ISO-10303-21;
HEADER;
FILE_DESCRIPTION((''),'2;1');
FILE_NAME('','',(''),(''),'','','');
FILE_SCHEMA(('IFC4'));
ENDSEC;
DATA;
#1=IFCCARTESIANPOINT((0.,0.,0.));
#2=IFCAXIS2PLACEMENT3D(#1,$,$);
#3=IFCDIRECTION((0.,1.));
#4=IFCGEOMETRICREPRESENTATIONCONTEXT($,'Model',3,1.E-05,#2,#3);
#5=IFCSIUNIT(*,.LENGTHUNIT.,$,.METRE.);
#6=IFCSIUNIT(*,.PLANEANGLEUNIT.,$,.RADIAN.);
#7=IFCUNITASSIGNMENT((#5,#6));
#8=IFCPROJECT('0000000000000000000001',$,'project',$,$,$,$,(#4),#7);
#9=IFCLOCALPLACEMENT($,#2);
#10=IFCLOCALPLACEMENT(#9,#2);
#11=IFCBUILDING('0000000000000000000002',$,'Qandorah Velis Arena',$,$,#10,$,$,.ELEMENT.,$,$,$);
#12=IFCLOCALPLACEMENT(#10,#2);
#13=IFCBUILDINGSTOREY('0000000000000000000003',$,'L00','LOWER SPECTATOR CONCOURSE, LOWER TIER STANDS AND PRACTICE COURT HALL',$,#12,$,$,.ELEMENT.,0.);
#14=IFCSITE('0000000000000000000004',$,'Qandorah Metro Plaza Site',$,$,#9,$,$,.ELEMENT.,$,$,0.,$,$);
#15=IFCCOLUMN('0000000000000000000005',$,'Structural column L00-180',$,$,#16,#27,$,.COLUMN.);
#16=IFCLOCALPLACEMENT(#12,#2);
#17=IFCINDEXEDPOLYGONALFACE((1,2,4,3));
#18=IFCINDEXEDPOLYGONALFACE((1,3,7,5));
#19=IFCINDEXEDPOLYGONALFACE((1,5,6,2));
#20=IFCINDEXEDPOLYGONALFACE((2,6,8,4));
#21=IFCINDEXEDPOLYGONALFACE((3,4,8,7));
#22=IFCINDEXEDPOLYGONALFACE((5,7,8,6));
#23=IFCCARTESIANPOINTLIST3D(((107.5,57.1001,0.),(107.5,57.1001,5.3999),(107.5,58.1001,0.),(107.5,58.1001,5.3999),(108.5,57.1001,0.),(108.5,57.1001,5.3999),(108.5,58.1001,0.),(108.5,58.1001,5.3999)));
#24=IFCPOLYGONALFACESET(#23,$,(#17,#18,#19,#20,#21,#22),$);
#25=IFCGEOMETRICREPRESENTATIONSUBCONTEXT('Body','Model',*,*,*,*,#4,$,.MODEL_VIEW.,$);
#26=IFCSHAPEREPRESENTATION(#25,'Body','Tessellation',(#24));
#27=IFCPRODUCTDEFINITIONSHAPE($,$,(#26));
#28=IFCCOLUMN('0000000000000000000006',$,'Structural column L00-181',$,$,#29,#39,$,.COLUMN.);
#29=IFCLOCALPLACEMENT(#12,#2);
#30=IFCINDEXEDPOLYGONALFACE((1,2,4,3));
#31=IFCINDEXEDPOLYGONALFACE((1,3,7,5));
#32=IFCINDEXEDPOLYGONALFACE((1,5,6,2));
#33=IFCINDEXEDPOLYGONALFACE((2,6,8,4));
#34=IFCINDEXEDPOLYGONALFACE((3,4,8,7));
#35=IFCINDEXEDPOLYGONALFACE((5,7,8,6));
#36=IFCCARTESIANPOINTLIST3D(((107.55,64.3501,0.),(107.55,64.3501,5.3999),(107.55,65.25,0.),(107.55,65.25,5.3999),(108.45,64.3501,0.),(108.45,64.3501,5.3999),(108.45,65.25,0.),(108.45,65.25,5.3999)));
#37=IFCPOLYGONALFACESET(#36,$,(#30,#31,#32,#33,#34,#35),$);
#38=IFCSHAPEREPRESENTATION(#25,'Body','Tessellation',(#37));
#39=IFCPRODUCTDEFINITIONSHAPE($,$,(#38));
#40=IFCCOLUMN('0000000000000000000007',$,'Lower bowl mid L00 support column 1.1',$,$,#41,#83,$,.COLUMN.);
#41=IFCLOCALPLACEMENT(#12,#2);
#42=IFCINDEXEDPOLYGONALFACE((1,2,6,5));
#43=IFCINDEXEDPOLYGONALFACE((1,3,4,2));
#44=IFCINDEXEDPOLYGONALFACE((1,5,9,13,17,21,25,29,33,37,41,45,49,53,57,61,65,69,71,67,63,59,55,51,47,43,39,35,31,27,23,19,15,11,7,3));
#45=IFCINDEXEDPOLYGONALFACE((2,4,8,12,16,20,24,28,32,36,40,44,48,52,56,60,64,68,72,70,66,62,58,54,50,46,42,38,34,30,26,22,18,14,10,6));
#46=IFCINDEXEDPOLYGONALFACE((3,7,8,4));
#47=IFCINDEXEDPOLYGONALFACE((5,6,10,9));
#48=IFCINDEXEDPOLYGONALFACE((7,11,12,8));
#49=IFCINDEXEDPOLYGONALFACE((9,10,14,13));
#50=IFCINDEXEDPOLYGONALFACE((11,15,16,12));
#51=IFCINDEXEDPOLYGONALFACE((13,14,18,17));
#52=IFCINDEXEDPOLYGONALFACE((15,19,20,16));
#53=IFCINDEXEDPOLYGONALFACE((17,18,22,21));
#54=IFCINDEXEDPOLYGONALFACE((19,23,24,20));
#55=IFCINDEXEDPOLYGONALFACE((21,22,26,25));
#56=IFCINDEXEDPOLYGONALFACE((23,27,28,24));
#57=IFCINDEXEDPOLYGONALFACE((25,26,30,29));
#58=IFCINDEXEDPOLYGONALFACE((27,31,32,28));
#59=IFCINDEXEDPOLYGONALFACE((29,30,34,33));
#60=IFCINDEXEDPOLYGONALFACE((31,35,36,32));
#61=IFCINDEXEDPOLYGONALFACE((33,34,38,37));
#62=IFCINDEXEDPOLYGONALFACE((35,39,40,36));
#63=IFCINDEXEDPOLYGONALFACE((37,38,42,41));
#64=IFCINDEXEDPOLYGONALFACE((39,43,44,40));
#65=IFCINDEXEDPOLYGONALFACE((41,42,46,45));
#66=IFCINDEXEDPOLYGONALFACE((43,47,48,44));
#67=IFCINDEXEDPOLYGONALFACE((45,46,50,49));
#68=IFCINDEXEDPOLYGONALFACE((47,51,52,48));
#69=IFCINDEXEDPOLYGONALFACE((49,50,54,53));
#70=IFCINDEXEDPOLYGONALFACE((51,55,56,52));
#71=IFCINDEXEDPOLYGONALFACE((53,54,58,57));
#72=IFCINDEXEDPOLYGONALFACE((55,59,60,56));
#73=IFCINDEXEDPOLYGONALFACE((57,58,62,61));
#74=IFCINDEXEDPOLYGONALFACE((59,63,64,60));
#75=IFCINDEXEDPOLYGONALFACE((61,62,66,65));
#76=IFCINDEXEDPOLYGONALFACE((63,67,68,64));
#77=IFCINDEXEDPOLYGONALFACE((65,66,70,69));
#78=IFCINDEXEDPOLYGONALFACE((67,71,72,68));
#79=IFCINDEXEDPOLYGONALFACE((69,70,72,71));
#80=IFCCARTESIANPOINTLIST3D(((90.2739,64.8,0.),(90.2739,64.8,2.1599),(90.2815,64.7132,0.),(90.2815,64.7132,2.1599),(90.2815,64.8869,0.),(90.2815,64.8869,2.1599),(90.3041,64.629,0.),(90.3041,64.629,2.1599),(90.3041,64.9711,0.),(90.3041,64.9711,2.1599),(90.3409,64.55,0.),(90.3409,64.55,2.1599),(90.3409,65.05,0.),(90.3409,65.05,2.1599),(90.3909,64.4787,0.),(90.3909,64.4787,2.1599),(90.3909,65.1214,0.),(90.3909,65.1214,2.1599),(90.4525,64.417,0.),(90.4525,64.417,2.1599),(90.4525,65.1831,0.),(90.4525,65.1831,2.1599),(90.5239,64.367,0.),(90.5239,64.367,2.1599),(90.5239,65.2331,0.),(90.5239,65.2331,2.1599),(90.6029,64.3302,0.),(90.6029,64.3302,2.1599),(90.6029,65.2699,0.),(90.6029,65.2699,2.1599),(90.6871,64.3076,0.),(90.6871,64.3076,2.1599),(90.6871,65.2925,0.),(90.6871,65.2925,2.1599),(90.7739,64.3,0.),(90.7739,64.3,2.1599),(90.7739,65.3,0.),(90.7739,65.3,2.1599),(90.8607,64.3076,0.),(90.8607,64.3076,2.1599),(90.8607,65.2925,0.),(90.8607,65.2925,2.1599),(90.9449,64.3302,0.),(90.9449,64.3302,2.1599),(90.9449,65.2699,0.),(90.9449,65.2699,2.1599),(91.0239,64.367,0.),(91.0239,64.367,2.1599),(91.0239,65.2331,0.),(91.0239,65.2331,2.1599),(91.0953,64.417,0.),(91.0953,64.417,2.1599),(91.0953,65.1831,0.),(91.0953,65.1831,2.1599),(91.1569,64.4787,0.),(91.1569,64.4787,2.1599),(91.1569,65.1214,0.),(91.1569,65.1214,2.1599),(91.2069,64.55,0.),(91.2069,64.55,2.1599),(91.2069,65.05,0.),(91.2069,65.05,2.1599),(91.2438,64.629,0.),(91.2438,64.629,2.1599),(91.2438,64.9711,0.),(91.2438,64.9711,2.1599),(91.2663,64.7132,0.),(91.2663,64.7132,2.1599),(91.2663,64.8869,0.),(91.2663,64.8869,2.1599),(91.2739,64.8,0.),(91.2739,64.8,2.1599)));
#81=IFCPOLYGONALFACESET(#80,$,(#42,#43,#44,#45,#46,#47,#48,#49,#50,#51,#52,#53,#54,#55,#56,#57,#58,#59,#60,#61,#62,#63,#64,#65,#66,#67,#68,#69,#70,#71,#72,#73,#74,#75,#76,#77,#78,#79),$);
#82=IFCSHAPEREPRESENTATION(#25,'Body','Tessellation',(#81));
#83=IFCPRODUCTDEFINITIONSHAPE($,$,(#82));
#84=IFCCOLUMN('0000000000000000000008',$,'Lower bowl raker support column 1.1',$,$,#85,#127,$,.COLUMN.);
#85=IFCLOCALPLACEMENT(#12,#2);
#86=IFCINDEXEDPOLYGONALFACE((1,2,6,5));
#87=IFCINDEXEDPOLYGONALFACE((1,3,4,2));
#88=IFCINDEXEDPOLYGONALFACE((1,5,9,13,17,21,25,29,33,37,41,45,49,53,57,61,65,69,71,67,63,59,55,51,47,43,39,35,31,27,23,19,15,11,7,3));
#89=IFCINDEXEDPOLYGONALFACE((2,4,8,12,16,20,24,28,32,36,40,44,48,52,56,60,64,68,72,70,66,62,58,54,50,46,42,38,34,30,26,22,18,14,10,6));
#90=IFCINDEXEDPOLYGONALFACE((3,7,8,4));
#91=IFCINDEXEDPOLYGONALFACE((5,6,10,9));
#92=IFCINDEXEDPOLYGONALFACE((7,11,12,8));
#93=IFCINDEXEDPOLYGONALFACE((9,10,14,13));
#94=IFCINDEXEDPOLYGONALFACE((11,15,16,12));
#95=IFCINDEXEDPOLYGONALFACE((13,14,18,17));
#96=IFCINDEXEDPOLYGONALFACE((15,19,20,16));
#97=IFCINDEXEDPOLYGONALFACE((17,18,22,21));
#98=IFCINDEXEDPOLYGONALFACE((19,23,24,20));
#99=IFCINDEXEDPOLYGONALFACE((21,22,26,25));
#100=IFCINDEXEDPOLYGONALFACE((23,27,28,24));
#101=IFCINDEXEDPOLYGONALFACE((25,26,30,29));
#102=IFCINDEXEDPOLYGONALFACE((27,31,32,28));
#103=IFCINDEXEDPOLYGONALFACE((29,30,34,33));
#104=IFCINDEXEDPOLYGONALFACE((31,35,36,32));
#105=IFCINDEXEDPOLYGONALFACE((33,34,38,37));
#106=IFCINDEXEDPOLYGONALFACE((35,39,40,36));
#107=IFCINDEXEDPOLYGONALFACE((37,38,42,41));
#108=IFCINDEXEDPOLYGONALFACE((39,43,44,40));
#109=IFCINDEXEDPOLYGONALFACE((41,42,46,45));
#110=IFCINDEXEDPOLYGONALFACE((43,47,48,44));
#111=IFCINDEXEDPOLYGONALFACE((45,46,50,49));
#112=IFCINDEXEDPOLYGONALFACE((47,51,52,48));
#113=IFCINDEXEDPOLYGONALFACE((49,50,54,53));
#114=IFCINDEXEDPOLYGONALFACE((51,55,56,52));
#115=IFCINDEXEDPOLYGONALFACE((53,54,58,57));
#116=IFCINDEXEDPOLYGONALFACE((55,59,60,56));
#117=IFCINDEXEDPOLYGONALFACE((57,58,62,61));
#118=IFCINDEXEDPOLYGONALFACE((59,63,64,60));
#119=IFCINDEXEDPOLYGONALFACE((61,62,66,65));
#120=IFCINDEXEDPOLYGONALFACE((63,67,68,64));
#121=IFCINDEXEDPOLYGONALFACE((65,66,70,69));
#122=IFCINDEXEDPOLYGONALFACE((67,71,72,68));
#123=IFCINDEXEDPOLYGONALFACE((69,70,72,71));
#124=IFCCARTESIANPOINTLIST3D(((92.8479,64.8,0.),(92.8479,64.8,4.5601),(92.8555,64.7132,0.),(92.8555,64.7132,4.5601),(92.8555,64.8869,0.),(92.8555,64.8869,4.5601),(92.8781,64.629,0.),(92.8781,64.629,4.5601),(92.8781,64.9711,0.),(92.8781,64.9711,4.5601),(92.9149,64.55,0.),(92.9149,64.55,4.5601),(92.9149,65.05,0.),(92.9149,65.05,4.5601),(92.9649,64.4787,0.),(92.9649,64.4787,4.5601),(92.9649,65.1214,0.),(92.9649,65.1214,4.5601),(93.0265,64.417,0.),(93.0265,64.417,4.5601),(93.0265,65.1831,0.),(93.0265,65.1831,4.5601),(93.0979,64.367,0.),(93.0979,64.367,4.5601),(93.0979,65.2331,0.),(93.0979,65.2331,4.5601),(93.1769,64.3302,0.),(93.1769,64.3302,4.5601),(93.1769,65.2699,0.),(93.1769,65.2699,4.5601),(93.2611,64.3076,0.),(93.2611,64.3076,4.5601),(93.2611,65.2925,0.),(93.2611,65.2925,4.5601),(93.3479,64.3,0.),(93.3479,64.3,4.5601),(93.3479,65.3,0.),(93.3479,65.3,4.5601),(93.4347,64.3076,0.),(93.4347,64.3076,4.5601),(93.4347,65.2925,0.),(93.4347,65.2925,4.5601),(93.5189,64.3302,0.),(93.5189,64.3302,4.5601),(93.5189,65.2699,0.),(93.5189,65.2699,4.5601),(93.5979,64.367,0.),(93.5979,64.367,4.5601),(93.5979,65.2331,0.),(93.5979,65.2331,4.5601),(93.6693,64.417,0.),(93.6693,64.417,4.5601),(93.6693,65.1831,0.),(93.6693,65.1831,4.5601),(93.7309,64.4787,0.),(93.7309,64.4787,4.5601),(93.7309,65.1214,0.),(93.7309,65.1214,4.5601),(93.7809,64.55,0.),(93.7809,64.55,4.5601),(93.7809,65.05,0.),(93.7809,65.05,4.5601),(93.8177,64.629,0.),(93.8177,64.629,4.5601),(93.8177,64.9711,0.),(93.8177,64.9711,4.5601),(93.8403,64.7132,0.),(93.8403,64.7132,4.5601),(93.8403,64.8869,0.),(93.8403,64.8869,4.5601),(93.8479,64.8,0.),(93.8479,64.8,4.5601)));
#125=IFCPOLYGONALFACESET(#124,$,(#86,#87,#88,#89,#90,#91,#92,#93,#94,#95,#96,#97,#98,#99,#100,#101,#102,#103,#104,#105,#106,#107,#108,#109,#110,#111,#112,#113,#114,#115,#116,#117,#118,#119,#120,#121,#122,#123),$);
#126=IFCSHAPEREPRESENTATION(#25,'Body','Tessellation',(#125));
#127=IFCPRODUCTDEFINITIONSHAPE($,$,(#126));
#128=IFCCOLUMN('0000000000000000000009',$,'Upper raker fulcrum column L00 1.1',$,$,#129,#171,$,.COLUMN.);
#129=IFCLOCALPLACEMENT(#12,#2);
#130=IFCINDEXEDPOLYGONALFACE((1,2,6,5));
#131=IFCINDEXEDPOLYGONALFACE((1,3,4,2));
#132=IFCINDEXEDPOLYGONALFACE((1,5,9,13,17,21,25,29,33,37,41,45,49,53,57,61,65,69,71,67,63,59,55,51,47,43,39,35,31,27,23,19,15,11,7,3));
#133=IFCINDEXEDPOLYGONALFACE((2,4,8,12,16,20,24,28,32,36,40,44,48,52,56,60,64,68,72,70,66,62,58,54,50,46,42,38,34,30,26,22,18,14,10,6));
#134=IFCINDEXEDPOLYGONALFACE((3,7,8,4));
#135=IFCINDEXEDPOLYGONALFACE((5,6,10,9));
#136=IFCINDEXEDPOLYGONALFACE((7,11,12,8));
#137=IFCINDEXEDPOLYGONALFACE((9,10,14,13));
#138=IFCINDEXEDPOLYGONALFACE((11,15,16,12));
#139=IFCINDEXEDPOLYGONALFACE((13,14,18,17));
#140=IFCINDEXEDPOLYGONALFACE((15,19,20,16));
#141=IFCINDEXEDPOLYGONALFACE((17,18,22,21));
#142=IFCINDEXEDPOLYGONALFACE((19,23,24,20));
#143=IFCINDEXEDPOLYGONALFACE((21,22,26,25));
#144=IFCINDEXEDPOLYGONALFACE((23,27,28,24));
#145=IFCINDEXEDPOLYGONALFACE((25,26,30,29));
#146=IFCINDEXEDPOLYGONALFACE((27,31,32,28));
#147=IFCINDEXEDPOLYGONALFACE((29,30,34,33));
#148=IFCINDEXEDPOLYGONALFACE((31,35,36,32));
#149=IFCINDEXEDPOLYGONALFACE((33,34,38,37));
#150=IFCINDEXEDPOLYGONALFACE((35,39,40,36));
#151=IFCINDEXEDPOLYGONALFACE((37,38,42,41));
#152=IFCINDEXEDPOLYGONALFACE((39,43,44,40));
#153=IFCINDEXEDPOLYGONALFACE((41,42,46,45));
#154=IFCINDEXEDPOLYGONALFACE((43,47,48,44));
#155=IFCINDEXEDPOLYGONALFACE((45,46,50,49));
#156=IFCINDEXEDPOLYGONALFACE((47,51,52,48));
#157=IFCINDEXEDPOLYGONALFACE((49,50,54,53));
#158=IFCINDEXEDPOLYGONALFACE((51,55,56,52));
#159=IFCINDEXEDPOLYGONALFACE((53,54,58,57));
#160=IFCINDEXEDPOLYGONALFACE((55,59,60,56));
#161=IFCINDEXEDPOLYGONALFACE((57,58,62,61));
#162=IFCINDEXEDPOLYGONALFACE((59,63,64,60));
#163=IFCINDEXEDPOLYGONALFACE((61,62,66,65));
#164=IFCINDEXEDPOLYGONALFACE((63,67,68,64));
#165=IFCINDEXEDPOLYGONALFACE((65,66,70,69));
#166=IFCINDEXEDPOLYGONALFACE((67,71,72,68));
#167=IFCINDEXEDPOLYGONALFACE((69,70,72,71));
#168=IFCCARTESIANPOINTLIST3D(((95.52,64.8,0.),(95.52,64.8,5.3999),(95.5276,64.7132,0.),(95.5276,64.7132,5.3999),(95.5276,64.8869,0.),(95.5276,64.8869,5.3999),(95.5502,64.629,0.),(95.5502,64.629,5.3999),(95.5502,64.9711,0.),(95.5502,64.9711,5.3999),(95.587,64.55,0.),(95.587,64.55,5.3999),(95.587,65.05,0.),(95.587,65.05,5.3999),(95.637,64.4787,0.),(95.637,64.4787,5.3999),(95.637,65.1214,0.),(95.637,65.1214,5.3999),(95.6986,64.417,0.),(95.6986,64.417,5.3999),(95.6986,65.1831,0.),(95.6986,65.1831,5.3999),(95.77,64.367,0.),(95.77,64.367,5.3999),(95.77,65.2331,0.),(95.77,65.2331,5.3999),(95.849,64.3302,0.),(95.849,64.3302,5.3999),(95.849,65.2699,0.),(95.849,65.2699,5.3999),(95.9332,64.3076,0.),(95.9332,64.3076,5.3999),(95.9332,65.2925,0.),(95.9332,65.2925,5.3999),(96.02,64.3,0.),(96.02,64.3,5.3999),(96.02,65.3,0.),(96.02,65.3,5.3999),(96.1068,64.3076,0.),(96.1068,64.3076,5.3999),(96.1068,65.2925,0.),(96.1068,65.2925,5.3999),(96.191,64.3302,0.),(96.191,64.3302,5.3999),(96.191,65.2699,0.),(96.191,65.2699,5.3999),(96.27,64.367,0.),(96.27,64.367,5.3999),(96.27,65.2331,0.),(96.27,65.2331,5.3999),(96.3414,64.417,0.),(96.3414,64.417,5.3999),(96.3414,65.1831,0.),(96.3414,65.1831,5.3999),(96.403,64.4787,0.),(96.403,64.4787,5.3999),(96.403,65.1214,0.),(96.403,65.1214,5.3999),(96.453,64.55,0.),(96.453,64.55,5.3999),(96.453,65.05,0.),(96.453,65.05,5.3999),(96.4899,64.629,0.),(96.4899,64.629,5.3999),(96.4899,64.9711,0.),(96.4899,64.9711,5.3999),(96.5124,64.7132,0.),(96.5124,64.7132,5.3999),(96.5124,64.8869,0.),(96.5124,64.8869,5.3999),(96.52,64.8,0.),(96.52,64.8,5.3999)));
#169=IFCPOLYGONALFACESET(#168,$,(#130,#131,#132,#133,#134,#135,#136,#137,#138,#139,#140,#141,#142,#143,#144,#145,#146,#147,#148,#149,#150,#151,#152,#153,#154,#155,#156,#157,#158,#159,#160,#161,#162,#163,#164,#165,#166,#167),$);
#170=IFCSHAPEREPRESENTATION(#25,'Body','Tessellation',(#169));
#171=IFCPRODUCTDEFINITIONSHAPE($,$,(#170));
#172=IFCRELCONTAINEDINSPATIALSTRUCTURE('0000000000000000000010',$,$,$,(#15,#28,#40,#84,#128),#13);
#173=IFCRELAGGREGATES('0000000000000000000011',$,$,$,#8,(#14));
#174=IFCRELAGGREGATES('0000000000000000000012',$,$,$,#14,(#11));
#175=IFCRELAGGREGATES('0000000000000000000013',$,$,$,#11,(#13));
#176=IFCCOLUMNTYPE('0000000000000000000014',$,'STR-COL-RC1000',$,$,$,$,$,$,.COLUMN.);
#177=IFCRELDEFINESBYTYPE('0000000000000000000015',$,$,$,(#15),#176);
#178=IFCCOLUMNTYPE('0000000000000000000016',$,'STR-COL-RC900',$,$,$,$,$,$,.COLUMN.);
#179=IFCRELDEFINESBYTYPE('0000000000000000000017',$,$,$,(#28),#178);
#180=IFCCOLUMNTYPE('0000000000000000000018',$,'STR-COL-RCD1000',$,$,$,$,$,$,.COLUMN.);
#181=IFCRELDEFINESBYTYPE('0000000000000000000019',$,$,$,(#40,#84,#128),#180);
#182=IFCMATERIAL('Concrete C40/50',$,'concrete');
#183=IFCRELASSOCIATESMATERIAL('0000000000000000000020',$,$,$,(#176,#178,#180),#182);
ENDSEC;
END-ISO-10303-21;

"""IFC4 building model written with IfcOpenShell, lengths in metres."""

from ifc_helpers import new_model, si_unit, direction, frame, origin, origin_2d, place, context, subcontext, project, spatial, rectangle, circle, extrude, material, material_profile, profile_set, type_object, element, save


model = new_model("IFC4")

# Units and contexts
model_context = context("Model", 3, precision=1e-05, world=origin(), true_north=direction((0.0, 1.0)))
body_context = subcontext(model_context, "Body", "Model", "MODEL_VIEW")
ifc_project = project(units=[si_unit("LENGTHUNIT", "METRE"), si_unit("PLANEANGLEUNIT", "RADIAN")], contexts=[model_context])

# Site, building, storey
site_placement = place(None, origin())
site = spatial("IfcSite", under=ifc_project, at=site_placement, Name="Qandorah Metro Plaza Site", CompositionType="ELEMENT", RefElevation=0.0)
building_placement = place(site_placement, origin())
building = spatial("IfcBuilding", under=site, at=building_placement, Name="Qandorah Velis Arena", CompositionType="ELEMENT")
storey_placement = place(building_placement, origin())
storey = spatial("IfcBuildingStorey", under=building, at=storey_placement, Name="L00", Description="LOWER SPECTATOR CONCOURSE, LOWER TIER STANDS AND PRACTICE COURT HALL", CompositionType="ELEMENT", Elevation=0.0)

# Columns
ifc_material_1 = material(Name="Concrete C40/50", Category="concrete")
ifc_material_profile_1 = material_profile(ifc_material_1, rectangle(XDim=1.0, YDim=1.0, at=origin_2d()), Name="RC COL 1000x1000")
ifc_profile_set_1 = profile_set([ifc_material_profile_1], Name="Concrete C40/50")
column_type_1 = type_object("IfcColumnType", Name="STR-COL-RC1000", PredefinedType="COLUMN", material=ifc_profile_set_1)
column_1_placement = place(storey_placement, frame((108.0, 57.6001, 0.0), z_axis=(0.0, 0.0, 1.0), x_axis=(1.0, 0.0, 0.0)))
element("IfcColumn", 1, at=column_1_placement, inside=storey, type_object=column_type_1, Name="Structural column L00-180", PredefinedType="COLUMN", context=body_context, shape_type="SweptSolid", body=[
    extrude(rectangle(XDim=1.0, YDim=1.0, at=origin_2d()), origin(), (0.0, 0.0, 1.0), 5.3999),
])
ifc_material_profile_2 = material_profile(ifc_material_1, rectangle(XDim=0.8999, YDim=0.8999, at=origin_2d()), Name="RC COL 900x900")
ifc_profile_set_2 = profile_set([ifc_material_profile_2], Name="Concrete C40/50")
column_type_2 = type_object("IfcColumnType", Name="STR-COL-RC900", PredefinedType="COLUMN", material=ifc_profile_set_2)
column_2_placement = place(storey_placement, frame((108.0, 64.8, 0.0), z_axis=(0.0, 0.0, 1.0), x_axis=(1.0, 0.0, 0.0)))
element("IfcColumn", 2, at=column_2_placement, inside=storey, type_object=column_type_2, Name="Structural column L00-181", PredefinedType="COLUMN", context=body_context, shape_type="SweptSolid", body=[
    extrude(rectangle(XDim=0.8999, YDim=0.8999, at=origin_2d()), origin(), (0.0, 0.0, 1.0), 5.3999),
])
ifc_material_profile_3 = material_profile(ifc_material_1, circle(Radius=0.5, at=origin_2d()), Name="RC D1000")
ifc_profile_set_3 = profile_set([ifc_material_profile_3], Name="Concrete C40/50")
column_type_3 = type_object("IfcColumnType", Name="STR-COL-RCD1000", PredefinedType="COLUMN", material=ifc_profile_set_3)
column_3_placement = place(storey_placement, frame((90.7739, 64.8, 0.0), z_axis=(0.0, 0.0, 1.0), x_axis=(1.0, 0.0, 0.0)))
element("IfcColumn", 3, at=column_3_placement, inside=storey, type_object=column_type_3, Name="Lower bowl mid L00 support column 1.1", PredefinedType="COLUMN", context=body_context, shape_type="SweptSolid", body=[
    extrude(circle(Radius=0.5, at=origin_2d()), origin(), (0.0, 0.0, 1.0), 2.1599),
])
column_4_placement = place(storey_placement, frame((93.3479, 64.8, 0.0), z_axis=(0.0, 0.0, 1.0), x_axis=(1.0, 0.0, 0.0)))
element("IfcColumn", 4, at=column_4_placement, inside=storey, type_object=column_type_3, Name="Lower bowl raker support column 1.1", PredefinedType="COLUMN", context=body_context, shape_type="SweptSolid", body=[
    extrude(circle(Radius=0.5, at=origin_2d()), origin(), (0.0, 0.0, 1.0), 4.5601),
])
for number, where, z_axis, x_axis, name in (
    (5, (96.02, 64.8, 0.0), (0.0, 0.0, 1.0), (1.0, 0.0, 0.0), "Upper raker fulcrum column L00 1.1"),
):
    element("IfcColumn", number, at=place(storey_placement, frame(where, z_axis=z_axis, x_axis=x_axis)), inside=storey, type_object=column_type_3, Name=name, PredefinedType="COLUMN", context=body_context, shape_type="SweptSolid", body=[
        extrude(circle(Radius=0.5, at=origin_2d()), origin(), (0.0, 0.0, 1.0), 5.3999),
    ])

save(model, "model.ifc")
